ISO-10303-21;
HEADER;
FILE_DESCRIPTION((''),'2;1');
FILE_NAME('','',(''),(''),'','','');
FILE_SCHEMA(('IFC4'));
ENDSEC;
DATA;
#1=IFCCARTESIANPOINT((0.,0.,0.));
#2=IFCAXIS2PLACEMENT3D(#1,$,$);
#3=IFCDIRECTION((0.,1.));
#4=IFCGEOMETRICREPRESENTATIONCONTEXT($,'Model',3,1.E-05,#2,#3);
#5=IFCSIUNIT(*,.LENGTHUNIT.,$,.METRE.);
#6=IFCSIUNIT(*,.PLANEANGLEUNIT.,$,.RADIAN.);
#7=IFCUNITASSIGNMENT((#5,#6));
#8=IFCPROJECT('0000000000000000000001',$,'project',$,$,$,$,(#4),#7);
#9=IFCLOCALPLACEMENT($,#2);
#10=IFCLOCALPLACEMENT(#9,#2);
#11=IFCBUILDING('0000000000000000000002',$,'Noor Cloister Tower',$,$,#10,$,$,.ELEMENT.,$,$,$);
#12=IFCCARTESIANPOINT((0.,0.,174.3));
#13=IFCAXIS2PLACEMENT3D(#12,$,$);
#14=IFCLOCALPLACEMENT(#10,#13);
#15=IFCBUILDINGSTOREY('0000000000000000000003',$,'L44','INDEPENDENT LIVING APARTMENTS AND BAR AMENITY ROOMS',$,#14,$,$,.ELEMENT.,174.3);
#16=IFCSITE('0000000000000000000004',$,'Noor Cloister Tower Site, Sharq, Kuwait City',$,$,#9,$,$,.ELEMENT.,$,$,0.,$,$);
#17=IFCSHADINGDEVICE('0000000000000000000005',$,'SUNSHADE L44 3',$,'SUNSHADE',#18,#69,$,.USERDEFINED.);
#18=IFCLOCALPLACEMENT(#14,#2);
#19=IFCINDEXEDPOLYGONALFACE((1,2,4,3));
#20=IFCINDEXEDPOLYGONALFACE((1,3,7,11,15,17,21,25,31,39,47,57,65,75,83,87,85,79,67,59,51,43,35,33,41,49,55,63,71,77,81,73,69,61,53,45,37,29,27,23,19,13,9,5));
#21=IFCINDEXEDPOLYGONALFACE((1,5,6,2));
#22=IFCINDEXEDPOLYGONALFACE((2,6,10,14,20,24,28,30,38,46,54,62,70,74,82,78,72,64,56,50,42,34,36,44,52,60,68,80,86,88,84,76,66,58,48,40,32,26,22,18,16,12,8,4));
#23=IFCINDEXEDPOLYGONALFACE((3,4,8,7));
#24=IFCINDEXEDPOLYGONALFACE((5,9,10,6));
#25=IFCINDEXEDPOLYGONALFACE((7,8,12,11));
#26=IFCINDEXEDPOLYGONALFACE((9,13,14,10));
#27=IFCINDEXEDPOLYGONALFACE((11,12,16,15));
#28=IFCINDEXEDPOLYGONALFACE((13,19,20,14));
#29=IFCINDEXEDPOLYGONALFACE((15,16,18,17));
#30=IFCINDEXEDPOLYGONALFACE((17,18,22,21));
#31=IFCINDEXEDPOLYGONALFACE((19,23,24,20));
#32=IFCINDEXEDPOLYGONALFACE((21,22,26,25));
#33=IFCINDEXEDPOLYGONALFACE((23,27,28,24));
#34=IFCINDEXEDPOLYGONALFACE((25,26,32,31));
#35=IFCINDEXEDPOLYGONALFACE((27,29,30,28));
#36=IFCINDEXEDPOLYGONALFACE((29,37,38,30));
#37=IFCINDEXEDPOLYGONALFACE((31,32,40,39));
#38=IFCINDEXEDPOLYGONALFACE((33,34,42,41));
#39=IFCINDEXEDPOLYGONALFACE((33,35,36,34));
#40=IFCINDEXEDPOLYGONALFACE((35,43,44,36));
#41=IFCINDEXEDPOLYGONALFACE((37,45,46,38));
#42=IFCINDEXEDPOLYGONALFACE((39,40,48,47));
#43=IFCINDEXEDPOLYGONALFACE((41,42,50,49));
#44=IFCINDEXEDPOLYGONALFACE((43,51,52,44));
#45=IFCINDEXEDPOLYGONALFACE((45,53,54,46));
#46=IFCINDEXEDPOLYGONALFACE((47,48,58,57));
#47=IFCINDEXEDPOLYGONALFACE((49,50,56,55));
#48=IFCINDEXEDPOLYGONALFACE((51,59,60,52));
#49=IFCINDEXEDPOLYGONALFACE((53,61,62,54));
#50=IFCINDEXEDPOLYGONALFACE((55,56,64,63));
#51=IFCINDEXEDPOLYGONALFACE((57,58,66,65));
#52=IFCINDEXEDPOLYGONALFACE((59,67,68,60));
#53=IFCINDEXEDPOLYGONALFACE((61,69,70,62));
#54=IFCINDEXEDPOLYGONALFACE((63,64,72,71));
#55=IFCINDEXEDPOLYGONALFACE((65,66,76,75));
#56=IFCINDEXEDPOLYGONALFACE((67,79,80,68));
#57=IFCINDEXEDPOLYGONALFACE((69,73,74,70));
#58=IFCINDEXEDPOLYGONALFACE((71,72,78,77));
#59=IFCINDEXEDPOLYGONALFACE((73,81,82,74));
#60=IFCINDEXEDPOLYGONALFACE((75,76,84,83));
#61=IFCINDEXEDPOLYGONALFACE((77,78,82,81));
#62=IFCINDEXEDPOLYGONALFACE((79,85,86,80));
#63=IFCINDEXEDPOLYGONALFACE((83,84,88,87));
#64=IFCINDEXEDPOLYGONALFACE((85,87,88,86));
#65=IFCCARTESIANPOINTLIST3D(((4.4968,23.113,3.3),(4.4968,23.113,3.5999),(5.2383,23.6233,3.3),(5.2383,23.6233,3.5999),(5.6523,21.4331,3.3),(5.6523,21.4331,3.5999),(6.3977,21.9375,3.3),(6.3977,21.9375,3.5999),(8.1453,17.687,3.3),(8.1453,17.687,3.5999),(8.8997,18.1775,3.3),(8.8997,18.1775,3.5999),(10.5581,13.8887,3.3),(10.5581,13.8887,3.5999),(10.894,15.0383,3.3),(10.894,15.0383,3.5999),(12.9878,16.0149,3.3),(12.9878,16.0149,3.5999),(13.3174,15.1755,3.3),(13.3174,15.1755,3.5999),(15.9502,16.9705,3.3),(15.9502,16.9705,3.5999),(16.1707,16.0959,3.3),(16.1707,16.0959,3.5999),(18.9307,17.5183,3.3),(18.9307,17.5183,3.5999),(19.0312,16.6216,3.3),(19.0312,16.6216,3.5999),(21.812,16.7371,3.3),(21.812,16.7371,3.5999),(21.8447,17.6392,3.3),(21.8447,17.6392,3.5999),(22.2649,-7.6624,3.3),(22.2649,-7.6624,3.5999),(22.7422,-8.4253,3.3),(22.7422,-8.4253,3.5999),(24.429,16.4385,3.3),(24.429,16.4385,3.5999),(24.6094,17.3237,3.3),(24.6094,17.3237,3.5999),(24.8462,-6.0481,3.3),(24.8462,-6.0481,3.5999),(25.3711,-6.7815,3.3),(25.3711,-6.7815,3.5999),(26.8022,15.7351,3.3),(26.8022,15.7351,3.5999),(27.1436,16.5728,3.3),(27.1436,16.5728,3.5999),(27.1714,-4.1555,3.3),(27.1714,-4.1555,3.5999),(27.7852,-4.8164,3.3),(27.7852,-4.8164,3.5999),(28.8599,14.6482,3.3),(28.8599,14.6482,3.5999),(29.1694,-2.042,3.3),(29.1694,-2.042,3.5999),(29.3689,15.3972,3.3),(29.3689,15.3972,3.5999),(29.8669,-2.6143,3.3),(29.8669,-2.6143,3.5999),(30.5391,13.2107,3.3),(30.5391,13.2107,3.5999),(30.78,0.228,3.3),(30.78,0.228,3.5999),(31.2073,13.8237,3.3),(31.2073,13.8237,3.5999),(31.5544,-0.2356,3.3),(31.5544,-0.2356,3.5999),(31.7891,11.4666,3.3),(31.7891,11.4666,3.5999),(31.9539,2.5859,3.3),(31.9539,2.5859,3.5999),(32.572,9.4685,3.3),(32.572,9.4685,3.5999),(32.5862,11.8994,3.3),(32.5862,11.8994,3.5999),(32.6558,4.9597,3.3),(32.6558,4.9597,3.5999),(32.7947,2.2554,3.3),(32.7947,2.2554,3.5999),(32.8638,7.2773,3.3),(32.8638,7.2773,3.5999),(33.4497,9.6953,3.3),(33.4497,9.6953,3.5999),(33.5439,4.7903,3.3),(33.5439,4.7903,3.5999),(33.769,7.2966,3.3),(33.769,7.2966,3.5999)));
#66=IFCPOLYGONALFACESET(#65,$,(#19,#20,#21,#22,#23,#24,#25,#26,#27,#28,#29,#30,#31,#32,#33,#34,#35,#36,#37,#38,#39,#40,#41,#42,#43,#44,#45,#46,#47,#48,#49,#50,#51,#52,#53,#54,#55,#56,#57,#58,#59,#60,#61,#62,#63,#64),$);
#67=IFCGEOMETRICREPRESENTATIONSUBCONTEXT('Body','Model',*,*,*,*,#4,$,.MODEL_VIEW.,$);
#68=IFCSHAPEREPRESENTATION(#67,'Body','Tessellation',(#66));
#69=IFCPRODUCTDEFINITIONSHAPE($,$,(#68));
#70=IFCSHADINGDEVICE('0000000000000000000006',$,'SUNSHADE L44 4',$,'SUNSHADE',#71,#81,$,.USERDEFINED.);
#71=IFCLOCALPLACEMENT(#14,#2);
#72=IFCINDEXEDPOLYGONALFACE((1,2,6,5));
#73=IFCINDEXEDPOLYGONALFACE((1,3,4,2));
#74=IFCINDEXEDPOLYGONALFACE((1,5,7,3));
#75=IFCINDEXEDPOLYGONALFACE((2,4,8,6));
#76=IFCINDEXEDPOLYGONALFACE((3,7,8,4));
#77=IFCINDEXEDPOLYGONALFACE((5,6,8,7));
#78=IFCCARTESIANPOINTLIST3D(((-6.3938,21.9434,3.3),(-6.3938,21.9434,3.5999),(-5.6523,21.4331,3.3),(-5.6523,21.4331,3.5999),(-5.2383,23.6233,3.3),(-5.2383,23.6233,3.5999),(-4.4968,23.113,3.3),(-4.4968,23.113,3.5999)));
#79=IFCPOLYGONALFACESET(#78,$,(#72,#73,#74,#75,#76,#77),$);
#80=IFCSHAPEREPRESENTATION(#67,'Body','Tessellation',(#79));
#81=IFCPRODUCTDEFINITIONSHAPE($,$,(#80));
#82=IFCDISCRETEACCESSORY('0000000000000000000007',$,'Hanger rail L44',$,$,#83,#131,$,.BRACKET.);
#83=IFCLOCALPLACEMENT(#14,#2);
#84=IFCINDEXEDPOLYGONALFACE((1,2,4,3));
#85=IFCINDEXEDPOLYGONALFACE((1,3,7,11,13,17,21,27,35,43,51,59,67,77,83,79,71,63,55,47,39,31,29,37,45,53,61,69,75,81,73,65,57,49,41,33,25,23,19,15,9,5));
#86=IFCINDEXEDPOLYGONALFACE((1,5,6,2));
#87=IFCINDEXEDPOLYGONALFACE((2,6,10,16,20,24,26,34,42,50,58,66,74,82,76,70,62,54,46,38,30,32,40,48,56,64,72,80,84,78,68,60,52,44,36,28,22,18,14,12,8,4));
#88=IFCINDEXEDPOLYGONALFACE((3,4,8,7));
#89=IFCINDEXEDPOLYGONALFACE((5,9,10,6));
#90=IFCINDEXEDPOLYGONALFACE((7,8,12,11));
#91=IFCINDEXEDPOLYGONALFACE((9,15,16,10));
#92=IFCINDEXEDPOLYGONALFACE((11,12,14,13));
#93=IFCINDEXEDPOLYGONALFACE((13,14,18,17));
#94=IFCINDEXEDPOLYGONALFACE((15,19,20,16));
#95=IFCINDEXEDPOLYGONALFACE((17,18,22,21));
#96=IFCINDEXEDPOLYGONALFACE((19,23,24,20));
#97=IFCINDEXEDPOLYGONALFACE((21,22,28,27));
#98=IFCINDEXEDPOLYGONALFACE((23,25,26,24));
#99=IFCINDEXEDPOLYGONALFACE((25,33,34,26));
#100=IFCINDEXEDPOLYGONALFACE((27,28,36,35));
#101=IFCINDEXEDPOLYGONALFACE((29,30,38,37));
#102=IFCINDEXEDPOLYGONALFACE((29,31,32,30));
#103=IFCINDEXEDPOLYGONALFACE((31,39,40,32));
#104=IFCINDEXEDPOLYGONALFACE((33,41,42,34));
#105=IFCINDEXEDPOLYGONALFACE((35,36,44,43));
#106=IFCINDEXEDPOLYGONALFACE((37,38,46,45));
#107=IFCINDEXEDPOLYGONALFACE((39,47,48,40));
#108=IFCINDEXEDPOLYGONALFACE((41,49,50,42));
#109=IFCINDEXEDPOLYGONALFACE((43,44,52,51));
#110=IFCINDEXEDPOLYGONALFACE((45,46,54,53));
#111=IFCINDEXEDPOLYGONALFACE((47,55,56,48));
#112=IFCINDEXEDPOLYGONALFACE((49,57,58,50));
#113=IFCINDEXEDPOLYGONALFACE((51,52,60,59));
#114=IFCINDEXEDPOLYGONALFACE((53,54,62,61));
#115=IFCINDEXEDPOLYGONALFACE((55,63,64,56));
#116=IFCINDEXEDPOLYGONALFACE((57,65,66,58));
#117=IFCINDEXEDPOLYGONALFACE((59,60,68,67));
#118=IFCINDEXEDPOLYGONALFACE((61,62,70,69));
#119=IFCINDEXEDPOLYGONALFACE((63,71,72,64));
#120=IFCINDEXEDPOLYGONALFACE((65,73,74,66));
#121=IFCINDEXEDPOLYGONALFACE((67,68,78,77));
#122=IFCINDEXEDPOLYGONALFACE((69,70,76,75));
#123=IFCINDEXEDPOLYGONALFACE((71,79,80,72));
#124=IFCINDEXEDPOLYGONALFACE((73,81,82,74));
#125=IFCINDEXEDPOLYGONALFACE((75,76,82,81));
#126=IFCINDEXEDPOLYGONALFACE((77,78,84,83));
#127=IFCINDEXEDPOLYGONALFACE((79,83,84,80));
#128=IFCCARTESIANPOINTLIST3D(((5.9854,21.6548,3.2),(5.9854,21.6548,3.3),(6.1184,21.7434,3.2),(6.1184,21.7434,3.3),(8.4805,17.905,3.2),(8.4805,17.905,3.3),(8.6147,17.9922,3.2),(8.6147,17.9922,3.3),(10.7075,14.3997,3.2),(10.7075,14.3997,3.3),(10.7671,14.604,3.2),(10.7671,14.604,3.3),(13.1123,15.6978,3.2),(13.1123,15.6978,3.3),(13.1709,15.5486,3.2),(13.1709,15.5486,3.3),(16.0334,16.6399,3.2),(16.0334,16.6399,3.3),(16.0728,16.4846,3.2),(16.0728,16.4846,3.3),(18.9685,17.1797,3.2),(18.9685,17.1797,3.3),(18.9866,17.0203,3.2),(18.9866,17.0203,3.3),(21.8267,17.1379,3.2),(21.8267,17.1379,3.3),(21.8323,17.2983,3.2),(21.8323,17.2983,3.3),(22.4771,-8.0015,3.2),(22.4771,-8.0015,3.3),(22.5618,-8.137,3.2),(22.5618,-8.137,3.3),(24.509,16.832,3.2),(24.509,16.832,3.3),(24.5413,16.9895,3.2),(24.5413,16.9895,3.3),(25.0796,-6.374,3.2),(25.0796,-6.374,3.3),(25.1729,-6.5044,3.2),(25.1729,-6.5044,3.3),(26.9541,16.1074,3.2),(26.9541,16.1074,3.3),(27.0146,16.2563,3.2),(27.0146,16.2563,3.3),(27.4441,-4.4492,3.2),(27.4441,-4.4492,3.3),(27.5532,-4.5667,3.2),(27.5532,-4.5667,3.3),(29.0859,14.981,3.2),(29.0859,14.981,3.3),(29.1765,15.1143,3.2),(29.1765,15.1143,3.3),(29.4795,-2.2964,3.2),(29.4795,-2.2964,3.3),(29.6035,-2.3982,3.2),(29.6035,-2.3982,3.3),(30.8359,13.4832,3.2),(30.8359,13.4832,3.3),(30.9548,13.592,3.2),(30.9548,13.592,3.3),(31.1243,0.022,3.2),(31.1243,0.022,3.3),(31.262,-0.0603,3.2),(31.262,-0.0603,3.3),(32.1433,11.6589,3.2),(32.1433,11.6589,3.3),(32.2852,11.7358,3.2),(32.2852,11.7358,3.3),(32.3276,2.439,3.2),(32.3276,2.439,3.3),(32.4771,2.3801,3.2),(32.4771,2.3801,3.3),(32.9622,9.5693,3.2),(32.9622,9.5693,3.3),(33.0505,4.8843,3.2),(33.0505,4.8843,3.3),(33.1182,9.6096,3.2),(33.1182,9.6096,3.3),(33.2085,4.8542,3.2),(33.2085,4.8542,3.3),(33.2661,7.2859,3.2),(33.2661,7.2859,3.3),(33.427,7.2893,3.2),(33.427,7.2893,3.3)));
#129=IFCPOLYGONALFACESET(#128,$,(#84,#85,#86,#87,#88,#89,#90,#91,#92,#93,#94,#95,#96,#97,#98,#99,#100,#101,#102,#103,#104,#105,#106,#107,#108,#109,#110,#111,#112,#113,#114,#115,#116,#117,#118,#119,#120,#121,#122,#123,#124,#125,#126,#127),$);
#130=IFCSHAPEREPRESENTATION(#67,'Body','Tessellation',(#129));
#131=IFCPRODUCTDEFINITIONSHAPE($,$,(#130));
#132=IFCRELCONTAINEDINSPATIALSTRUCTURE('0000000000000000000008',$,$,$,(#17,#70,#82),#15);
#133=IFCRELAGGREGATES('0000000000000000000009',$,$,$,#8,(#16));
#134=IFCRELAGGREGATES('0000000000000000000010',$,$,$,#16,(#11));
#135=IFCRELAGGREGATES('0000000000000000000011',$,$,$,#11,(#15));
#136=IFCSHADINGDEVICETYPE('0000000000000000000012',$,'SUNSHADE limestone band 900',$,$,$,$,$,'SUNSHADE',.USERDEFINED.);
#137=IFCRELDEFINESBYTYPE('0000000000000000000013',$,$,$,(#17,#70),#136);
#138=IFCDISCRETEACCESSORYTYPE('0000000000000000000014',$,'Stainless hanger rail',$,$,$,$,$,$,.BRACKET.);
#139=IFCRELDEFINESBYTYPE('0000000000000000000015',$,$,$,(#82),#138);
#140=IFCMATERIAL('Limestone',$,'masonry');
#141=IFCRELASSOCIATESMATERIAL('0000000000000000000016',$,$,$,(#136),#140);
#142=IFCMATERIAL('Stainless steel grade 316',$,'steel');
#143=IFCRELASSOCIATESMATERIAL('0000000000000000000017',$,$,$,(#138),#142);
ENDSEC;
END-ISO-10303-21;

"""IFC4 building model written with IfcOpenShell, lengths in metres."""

from ifc_helpers import new_model, si_unit, direction, frame, origin, place, context, subcontext, project, spatial, polyline, outline, extrude, material, type_object, element, save


model = new_model("IFC4")

# Units and contexts
model_context = context("Model", 3, precision=1e-05, world=origin(), true_north=direction((0.0, 1.0)))
body_context = subcontext(model_context, "Body", "Model", "MODEL_VIEW")
ifc_project = project(units=[si_unit("LENGTHUNIT", "METRE"), si_unit("PLANEANGLEUNIT", "RADIAN")], contexts=[model_context])

# Site, building, storey
site_placement = place(None, origin())
site = spatial("IfcSite", under=ifc_project, at=site_placement, Name="Noor Cloister Tower Site, Sharq, Kuwait City", CompositionType="ELEMENT", RefElevation=0.0)
building_placement = place(site_placement, origin())
building = spatial("IfcBuilding", under=site, at=building_placement, Name="Noor Cloister Tower", CompositionType="ELEMENT")
storey_placement = place(building_placement, frame((0.0, 0.0, 174.3)))
storey = spatial("IfcBuildingStorey", under=building, at=storey_placement, Name="L44", Description="INDEPENDENT LIVING APARTMENTS AND BAR AMENITY ROOMS", CompositionType="ELEMENT", Elevation=174.3)

# Shading devices
ifc_material_1 = material(Name="Limestone", Category="masonry")
shading_device_type_1 = type_object("IfcShadingDeviceType", Name="SUNSHADE limestone band 900", ElementType="SUNSHADE", PredefinedType="USERDEFINED", material=ifc_material_1)
shading_device_1_placement = place(storey_placement, frame((0.0, 0.0, 3.3)))
element("IfcShadingDevice", 1, at=shading_device_1_placement, inside=storey, type_object=shading_device_type_1, Name="SUNSHADE L44 3", ObjectType="SUNSHADE", PredefinedType="USERDEFINED", context=body_context, shape_type="SweptSolid", body=[
    extrude(outline(polyline([(22.7422, -8.4253), (25.3711, -6.7815), (27.7852, -4.8164), (29.8669, -2.6143), (31.5544, -0.2356), (32.7947, 2.2554), (33.5439, 4.7903), (33.769, 7.2966), (33.4497, 9.6953), (32.5862, 11.8994), (31.2073, 13.8237), (29.3689, 15.3972), (27.1436, 16.5728), (24.6094, 17.3237), (21.8447, 17.6392), (18.9307, 17.5183), (15.9502, 16.9705), (12.9878, 16.0149), (10.894, 15.0383), (8.8997, 18.1775), (6.3977, 21.9375), (5.2383, 23.6233), (4.4968, 23.113), (5.6523, 21.4331), (8.1453, 17.687), (10.5581, 13.8887), (13.3174, 15.1755), (16.1707, 16.0959), (19.0312, 16.6216), (21.812, 16.7371), (24.429, 16.4385), (26.8022, 15.7351), (28.8599, 14.6482), (30.5391, 13.2107), (31.7891, 11.4666), (32.572, 9.4685), (32.8638, 7.2773), (32.6558, 4.9597), (31.9539, 2.5859), (30.78, 0.228), (29.1694, -2.042), (27.1714, -4.1555), (24.8462, -6.0481), (22.2649, -7.6624), (22.7422, -8.4253)])), origin(), (0.0, 0.0, 1.0), 0.2998),
])
shading_device_2_placement = place(storey_placement, frame((0.0, 0.0, 3.3)))
element("IfcShadingDevice", 2, at=shading_device_2_placement, inside=storey, type_object=shading_device_type_1, Name="SUNSHADE L44 4", ObjectType="SUNSHADE", PredefinedType="USERDEFINED", context=body_context, shape_type="SweptSolid", body=[
    extrude(outline(polyline([(-5.2383, 23.6233), (-6.3938, 21.9434), (-5.6523, 21.4331), (-4.4968, 23.113), (-5.2383, 23.6233)])), origin(), (0.0, 0.0, 1.0), 0.2998),
])

# Discrete accessory
ifc_material_2 = material(Name="Stainless steel grade 316", Category="steel")
discrete_accessory_type = type_object("IfcDiscreteAccessoryType", Name="Stainless hanger rail", PredefinedType="BRACKET", material=ifc_material_2)
discrete_accessory_placement = place(storey_placement, frame((0.0, 0.0, 3.2)))
element("IfcDiscreteAccessory", 3, at=discrete_accessory_placement, inside=storey, type_object=discrete_accessory_type, Name="Hanger rail L44", PredefinedType="BRACKET", context=body_context, shape_type="SweptSolid", body=[
    extrude(outline(polyline([(22.5618, -8.137), (25.1729, -6.5044), (27.5532, -4.5667), (29.6035, -2.3982), (31.262, -0.0603), (32.4771, 2.3801), (33.2085, 4.8542), (33.427, 7.2893), (33.1182, 9.6096), (32.2852, 11.7358), (30.9548, 13.592), (29.1765, 15.1143), (27.0146, 16.2563), (24.5413, 16.9895), (21.8323, 17.2983), (18.9685, 17.1797), (16.0334, 16.6399), (13.1123, 15.6978), (10.7671, 14.604), (8.6147, 17.9922), (6.1184, 21.7434), (5.9854, 21.6548), (8.4805, 17.905), (10.7075, 14.3997), (13.1709, 15.5486), (16.0728, 16.4846), (18.9866, 17.0203), (21.8267, 17.1379), (24.509, 16.832), (26.9541, 16.1074), (29.0859, 14.981), (30.8359, 13.4832), (32.1433, 11.6589), (32.9622, 9.5693), (33.2661, 7.2859), (33.0505, 4.8843), (32.3276, 2.439), (31.1243, 0.022), (29.4795, -2.2964), (27.4441, -4.4492), (25.0796, -6.374), (22.4771, -8.0015), (22.5618, -8.137)])), origin(), (0.0, 0.0, 1.0), 0.1001),
])

save(model, "model.ifc")
